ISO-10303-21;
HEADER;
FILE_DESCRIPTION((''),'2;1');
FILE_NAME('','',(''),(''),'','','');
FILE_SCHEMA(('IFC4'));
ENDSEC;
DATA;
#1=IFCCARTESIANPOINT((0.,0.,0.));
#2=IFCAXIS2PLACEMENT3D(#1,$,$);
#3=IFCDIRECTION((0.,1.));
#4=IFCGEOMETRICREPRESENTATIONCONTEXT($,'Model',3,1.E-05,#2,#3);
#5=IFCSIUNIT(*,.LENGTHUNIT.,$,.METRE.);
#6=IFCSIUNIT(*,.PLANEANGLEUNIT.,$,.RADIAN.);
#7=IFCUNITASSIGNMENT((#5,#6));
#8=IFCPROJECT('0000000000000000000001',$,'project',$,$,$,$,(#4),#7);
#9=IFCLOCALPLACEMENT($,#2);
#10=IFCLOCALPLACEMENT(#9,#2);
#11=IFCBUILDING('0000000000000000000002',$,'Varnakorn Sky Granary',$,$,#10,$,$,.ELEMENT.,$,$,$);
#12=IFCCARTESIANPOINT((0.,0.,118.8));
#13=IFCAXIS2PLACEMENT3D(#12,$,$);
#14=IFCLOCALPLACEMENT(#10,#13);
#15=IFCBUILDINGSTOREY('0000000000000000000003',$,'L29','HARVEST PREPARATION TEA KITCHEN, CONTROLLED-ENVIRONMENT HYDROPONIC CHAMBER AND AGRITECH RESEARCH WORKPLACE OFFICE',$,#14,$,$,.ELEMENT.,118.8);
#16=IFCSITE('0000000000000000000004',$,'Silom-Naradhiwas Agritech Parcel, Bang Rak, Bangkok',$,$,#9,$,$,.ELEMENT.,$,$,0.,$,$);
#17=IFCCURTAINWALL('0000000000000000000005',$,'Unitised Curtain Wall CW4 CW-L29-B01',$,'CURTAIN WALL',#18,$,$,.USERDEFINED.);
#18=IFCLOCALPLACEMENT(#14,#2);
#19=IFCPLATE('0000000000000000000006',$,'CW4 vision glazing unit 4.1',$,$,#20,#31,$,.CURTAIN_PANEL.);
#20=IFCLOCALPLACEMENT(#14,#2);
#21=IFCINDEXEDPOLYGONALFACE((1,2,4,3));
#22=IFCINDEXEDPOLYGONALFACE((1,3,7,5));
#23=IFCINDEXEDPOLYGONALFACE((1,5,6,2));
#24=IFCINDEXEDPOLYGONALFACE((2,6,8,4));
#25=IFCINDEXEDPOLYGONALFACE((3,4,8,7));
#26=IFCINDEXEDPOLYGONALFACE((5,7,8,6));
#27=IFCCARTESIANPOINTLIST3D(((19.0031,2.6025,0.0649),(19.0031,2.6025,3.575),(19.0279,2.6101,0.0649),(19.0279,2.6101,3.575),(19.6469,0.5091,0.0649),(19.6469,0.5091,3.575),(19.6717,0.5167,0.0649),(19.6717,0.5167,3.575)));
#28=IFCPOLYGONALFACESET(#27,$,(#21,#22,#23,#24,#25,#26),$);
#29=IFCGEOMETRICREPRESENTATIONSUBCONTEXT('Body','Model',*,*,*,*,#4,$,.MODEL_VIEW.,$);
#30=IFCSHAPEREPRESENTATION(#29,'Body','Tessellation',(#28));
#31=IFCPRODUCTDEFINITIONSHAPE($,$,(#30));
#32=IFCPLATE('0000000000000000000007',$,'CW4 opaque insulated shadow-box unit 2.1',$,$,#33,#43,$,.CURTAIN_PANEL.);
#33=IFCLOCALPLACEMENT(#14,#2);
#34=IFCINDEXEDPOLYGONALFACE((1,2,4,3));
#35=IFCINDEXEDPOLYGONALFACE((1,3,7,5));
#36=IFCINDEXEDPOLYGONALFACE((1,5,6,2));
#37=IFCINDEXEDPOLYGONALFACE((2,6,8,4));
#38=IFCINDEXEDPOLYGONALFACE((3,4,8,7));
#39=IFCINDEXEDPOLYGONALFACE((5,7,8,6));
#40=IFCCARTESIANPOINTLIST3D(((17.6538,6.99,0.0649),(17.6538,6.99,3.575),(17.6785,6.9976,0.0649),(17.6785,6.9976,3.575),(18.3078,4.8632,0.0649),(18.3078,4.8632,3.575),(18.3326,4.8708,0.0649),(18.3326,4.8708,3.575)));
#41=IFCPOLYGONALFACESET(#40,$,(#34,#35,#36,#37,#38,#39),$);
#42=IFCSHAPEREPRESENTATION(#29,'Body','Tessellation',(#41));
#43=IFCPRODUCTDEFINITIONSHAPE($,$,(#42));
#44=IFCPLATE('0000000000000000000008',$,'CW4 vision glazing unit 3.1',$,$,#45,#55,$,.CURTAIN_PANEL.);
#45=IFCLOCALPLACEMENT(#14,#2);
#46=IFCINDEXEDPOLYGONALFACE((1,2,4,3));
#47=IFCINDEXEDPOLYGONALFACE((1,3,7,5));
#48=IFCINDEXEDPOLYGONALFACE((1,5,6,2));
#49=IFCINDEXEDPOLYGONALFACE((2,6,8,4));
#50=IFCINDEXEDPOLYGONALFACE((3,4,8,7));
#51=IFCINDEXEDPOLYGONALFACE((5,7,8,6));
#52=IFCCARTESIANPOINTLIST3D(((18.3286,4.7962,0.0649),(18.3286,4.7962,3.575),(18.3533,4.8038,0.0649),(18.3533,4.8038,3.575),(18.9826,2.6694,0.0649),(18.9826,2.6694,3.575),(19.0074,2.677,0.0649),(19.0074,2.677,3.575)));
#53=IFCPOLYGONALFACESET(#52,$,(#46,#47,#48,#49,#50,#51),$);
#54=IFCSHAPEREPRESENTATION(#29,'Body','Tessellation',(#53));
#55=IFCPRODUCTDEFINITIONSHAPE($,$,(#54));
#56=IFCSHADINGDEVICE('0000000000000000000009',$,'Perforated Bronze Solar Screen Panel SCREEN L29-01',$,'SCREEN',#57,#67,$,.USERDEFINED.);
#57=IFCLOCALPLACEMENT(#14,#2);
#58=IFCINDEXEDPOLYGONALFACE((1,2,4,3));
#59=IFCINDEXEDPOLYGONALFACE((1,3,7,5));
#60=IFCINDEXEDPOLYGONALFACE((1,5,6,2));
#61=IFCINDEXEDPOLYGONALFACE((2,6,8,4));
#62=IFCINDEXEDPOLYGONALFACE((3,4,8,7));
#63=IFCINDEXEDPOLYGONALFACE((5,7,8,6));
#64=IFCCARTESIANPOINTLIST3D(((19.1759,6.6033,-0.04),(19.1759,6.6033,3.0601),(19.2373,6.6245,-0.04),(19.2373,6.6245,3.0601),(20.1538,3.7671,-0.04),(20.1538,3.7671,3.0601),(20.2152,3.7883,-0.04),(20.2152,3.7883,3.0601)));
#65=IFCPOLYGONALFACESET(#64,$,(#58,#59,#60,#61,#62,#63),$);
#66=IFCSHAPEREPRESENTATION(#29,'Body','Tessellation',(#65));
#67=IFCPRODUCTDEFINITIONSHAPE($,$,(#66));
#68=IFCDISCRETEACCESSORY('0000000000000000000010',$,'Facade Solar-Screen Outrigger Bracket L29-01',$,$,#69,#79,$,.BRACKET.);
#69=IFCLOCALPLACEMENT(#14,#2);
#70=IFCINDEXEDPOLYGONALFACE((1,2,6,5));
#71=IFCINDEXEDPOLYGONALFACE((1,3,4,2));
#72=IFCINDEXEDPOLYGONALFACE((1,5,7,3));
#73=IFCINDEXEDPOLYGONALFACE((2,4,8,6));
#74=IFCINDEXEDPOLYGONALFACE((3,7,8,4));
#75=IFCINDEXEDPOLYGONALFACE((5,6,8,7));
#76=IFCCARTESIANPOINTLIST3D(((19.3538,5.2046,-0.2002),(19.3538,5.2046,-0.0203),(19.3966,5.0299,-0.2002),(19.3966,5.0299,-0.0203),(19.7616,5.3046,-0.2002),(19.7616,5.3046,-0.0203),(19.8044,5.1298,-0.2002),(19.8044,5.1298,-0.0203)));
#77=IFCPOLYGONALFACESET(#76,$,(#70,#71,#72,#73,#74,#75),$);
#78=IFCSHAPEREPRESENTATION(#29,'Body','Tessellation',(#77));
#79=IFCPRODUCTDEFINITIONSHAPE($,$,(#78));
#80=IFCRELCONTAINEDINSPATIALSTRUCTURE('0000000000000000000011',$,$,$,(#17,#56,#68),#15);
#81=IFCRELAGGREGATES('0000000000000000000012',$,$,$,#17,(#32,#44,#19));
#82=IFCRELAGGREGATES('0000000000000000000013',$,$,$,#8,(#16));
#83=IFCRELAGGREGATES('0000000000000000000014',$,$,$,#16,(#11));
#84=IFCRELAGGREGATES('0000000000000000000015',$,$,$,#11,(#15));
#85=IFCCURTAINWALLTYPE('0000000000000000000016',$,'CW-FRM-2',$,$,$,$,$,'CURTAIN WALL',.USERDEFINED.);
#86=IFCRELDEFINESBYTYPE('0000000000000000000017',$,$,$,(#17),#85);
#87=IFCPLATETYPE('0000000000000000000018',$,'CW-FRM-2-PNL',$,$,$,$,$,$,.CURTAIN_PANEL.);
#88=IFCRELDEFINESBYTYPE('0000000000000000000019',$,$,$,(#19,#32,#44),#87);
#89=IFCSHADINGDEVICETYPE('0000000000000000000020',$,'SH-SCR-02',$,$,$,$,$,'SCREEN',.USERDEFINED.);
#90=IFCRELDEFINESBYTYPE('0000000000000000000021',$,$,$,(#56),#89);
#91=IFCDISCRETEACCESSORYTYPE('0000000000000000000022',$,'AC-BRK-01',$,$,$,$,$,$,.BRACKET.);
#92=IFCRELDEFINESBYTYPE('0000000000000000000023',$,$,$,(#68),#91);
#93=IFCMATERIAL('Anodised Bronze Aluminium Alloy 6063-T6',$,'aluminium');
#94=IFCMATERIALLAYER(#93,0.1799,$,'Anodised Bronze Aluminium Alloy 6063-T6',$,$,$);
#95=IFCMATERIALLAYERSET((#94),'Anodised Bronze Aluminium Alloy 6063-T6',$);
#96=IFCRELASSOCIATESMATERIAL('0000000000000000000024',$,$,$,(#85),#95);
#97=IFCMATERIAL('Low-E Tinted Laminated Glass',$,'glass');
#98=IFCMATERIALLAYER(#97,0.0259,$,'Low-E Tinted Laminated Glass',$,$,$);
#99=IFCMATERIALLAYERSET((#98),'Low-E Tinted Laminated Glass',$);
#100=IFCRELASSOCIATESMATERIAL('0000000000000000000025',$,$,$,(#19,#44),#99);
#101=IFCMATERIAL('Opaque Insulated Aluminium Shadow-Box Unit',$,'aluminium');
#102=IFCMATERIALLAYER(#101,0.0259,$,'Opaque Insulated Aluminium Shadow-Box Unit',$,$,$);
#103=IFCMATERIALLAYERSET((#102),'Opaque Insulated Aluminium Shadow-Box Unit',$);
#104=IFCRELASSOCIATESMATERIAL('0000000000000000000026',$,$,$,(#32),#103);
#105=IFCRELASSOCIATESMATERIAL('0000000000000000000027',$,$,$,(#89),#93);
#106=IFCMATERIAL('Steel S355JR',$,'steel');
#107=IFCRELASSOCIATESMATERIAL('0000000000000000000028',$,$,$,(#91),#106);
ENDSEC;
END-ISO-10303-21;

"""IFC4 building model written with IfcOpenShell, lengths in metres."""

from ifc_helpers import new_model, si_unit, direction, frame, origin, origin_2d, place, context, subcontext, project, spatial, rectangle, extrude, source, transform, mapped, material, layer, layer_set, type_object, type_shapes, element, aggregate, save


model = new_model("IFC4")

# Units and contexts
model_context = context("Model", 3, precision=1e-05, world=origin(), true_north=direction((0.0, 1.0)))
body_context = subcontext(model_context, "Body", "Model", "MODEL_VIEW")
ifc_project = project(units=[si_unit("LENGTHUNIT", "METRE"), si_unit("PLANEANGLEUNIT", "RADIAN")], contexts=[model_context])

# Site, building, storey
site_placement = place(None, origin())
site = spatial("IfcSite", under=ifc_project, at=site_placement, Name="Silom-Naradhiwas Agritech Parcel, Bang Rak, Bangkok", CompositionType="ELEMENT", RefElevation=0.0)
building_placement = place(site_placement, origin())
building = spatial("IfcBuilding", under=site, at=building_placement, Name="Varnakorn Sky Granary", CompositionType="ELEMENT")
storey_placement = place(building_placement, frame((0.0, 0.0, 118.8)))
storey = spatial("IfcBuildingStorey", under=building, at=storey_placement, Name="L29", Description="HARVEST PREPARATION TEA KITCHEN, CONTROLLED-ENVIRONMENT HYDROPONIC CHAMBER AND AGRITECH RESEARCH WORKPLACE OFFICE", CompositionType="ELEMENT", Elevation=118.8)

# Curtain wall
ifc_material_1 = material(Name="Anodised Bronze Aluminium Alloy 6063-T6", Category="aluminium")
ifc_layer_1 = layer(ifc_material_1, 0.1799, Name="Anodised Bronze Aluminium Alloy 6063-T6")
ifc_layer_set_1 = layer_set([ifc_layer_1], Name="Anodised Bronze Aluminium Alloy 6063-T6")
curtain_wall_type = type_object("IfcCurtainWallType", Name="CW-FRM-2", ElementType="CURTAIN WALL", PredefinedType="USERDEFINED", material=ifc_layer_set_1)
curtain_wall_placement = place(storey_placement, origin())
curtain_wall = element("IfcCurtainWall", 1, at=curtain_wall_placement, inside=storey, type_object=curtain_wall_type, Name="Unitised Curtain Wall CW4 CW-L29-B01", ObjectType="CURTAIN WALL", PredefinedType="USERDEFINED")

# Plates
ifc_material_2 = material(Name="Opaque Insulated Aluminium Shadow-Box Unit", Category="aluminium")
ifc_layer_2 = layer(ifc_material_2, 0.0259, Name="Opaque Insulated Aluminium Shadow-Box Unit")
ifc_layer_set_2 = layer_set([ifc_layer_2], Name="Opaque Insulated Aluminium Shadow-Box Unit")
plate_type = type_object("IfcPlateType", Name="CW-FRM-2-PNL", PredefinedType="CURTAIN_PANEL")
shared_shape_1 = source(origin(), body_context, "Body", "SweptSolid", [
    extrude(rectangle(XDim=2.1902, YDim=0.0259, at=origin_2d()), origin(), (0.0, 0.0, 1.0), 3.51),
])
ifc_material_3 = material(Name="Low-E Tinted Laminated Glass", Category="glass")
ifc_layer_3 = layer(ifc_material_3, 0.0259, Name="Low-E Tinted Laminated Glass")
ifc_layer_set_3 = layer_set([ifc_layer_3], Name="Low-E Tinted Laminated Glass")
plate_1_placement = place(storey_placement, frame((19.3374, 1.5596, 0.0649), z_axis=(0.0, 0.0, 1.0), x_axis=(0.29394, -0.955824, 0.0)))
plate_1 = element("IfcPlate", 2, at=plate_1_placement, type_object=plate_type, material=ifc_layer_set_3, Name="CW4 vision glazing unit 4.1", PredefinedType="CURTAIN_PANEL", context=body_context, shape_type="MappedRepresentation", body=[
    mapped(shared_shape_1, transform((0.0, 0.0, 0.0), x_axis=(1.0, 0.0, 0.0), y_axis=(0.0, 1.0, 0.0), z_axis=(0.0, 0.0, 1.0), scale=1.0)),
])
shared_shape_2 = source(origin(), body_context, "Body", "SweptSolid", [
    extrude(rectangle(XDim=2.2251, YDim=0.0259, at=origin_2d()), origin(), (0.0, 0.0, 1.0), 3.51),
])
type_shapes(plate_type, [shared_shape_1, shared_shape_2])
plate_2_placement = place(storey_placement, frame((17.9932, 5.9304, 0.0649), z_axis=(0.0, 0.0, 1.0), x_axis=(0.29394, -0.955824, 0.0)))
plate_2 = element("IfcPlate", 3, at=plate_2_placement, type_object=plate_type, material=ifc_layer_set_2, Name="CW4 opaque insulated shadow-box unit 2.1", PredefinedType="CURTAIN_PANEL", context=body_context, shape_type="MappedRepresentation", body=[
    mapped(shared_shape_2, transform((0.0, 0.0, 0.0), x_axis=(1.0, 0.0, 0.0), y_axis=(0.0, 1.0, 0.0), z_axis=(0.0, 0.0, 1.0), scale=1.0)),
])
plate_3_placement = place(storey_placement, frame((18.668, 3.7366, 0.0649), z_axis=(0.0, 0.0, 1.0), x_axis=(0.29394, -0.955824, 0.0)))
plate_3 = element("IfcPlate", 4, at=plate_3_placement, type_object=plate_type, material=ifc_layer_set_3, Name="CW4 vision glazing unit 3.1", PredefinedType="CURTAIN_PANEL", context=body_context, shape_type="MappedRepresentation", body=[
    mapped(shared_shape_2, transform((0.0, 0.0, 0.0), x_axis=(1.0, 0.0, 0.0), y_axis=(0.0, 1.0, 0.0), z_axis=(0.0, 0.0, 1.0), scale=1.0)),
])
aggregate(curtain_wall, [plate_2, plate_3, plate_1])

# Shading device
shading_device_type = type_object("IfcShadingDeviceType", Name="SH-SCR-02", ElementType="SCREEN", PredefinedType="USERDEFINED", material=ifc_material_1)
shared_shape_3 = source(origin(), body_context, "Body", "SweptSolid", [
    extrude(rectangle(XDim=3.0, YDim=0.0649, at=origin_2d()), origin(), (0.0, 0.0, 1.0), 3.1001),
])
type_shapes(shading_device_type, [shared_shape_3])
shading_device_placement = place(storey_placement, frame((19.6956, 5.1958, -0.04), z_axis=(0.0, 0.0, 1.0), x_axis=(-0.325956, 0.945385, 0.0)))
element("IfcShadingDevice", 5, at=shading_device_placement, inside=storey, type_object=shading_device_type, Name="Perforated Bronze Solar Screen Panel SCREEN L29-01", ObjectType="SCREEN", PredefinedType="USERDEFINED", context=body_context, shape_type="MappedRepresentation", body=[
    mapped(shared_shape_3, transform((0.0, 0.0, 0.0), x_axis=(1.0, 0.0, 0.0), y_axis=(0.0, 1.0, 0.0), z_axis=(0.0, 0.0, 1.0), scale=1.0)),
])

# Discrete accessory
ifc_material_4 = material(Name="Steel S355JR", Category="steel")
discrete_accessory_type = type_object("IfcDiscreteAccessoryType", Name="AC-BRK-01", PredefinedType="BRACKET", material=ifc_material_4)
shared_shape_4 = source(origin(), body_context, "Body", "SweptSolid", [
    extrude(rectangle(XDim=0.1799, YDim=0.4199, at=origin_2d()), origin(), (0.0, 0.0, 1.0), 0.1799),
])
type_shapes(discrete_accessory_type, [shared_shape_4])
discrete_accessory_placement = place(storey_placement, frame((19.5791, 5.1672, -0.2002), z_axis=(0.0, 0.0, 1.0), x_axis=(-0.238084, 0.971245, 0.0)))
element("IfcDiscreteAccessory", 6, at=discrete_accessory_placement, inside=storey, type_object=discrete_accessory_type, Name="Facade Solar-Screen Outrigger Bracket L29-01", PredefinedType="BRACKET", context=body_context, shape_type="MappedRepresentation", body=[
    mapped(shared_shape_4, transform((0.0, 0.0, 0.0), x_axis=(1.0, 0.0, 0.0), y_axis=(0.0, 1.0, 0.0), z_axis=(0.0, 0.0, 1.0), scale=1.0)),
])

save(model, "model.ifc")
